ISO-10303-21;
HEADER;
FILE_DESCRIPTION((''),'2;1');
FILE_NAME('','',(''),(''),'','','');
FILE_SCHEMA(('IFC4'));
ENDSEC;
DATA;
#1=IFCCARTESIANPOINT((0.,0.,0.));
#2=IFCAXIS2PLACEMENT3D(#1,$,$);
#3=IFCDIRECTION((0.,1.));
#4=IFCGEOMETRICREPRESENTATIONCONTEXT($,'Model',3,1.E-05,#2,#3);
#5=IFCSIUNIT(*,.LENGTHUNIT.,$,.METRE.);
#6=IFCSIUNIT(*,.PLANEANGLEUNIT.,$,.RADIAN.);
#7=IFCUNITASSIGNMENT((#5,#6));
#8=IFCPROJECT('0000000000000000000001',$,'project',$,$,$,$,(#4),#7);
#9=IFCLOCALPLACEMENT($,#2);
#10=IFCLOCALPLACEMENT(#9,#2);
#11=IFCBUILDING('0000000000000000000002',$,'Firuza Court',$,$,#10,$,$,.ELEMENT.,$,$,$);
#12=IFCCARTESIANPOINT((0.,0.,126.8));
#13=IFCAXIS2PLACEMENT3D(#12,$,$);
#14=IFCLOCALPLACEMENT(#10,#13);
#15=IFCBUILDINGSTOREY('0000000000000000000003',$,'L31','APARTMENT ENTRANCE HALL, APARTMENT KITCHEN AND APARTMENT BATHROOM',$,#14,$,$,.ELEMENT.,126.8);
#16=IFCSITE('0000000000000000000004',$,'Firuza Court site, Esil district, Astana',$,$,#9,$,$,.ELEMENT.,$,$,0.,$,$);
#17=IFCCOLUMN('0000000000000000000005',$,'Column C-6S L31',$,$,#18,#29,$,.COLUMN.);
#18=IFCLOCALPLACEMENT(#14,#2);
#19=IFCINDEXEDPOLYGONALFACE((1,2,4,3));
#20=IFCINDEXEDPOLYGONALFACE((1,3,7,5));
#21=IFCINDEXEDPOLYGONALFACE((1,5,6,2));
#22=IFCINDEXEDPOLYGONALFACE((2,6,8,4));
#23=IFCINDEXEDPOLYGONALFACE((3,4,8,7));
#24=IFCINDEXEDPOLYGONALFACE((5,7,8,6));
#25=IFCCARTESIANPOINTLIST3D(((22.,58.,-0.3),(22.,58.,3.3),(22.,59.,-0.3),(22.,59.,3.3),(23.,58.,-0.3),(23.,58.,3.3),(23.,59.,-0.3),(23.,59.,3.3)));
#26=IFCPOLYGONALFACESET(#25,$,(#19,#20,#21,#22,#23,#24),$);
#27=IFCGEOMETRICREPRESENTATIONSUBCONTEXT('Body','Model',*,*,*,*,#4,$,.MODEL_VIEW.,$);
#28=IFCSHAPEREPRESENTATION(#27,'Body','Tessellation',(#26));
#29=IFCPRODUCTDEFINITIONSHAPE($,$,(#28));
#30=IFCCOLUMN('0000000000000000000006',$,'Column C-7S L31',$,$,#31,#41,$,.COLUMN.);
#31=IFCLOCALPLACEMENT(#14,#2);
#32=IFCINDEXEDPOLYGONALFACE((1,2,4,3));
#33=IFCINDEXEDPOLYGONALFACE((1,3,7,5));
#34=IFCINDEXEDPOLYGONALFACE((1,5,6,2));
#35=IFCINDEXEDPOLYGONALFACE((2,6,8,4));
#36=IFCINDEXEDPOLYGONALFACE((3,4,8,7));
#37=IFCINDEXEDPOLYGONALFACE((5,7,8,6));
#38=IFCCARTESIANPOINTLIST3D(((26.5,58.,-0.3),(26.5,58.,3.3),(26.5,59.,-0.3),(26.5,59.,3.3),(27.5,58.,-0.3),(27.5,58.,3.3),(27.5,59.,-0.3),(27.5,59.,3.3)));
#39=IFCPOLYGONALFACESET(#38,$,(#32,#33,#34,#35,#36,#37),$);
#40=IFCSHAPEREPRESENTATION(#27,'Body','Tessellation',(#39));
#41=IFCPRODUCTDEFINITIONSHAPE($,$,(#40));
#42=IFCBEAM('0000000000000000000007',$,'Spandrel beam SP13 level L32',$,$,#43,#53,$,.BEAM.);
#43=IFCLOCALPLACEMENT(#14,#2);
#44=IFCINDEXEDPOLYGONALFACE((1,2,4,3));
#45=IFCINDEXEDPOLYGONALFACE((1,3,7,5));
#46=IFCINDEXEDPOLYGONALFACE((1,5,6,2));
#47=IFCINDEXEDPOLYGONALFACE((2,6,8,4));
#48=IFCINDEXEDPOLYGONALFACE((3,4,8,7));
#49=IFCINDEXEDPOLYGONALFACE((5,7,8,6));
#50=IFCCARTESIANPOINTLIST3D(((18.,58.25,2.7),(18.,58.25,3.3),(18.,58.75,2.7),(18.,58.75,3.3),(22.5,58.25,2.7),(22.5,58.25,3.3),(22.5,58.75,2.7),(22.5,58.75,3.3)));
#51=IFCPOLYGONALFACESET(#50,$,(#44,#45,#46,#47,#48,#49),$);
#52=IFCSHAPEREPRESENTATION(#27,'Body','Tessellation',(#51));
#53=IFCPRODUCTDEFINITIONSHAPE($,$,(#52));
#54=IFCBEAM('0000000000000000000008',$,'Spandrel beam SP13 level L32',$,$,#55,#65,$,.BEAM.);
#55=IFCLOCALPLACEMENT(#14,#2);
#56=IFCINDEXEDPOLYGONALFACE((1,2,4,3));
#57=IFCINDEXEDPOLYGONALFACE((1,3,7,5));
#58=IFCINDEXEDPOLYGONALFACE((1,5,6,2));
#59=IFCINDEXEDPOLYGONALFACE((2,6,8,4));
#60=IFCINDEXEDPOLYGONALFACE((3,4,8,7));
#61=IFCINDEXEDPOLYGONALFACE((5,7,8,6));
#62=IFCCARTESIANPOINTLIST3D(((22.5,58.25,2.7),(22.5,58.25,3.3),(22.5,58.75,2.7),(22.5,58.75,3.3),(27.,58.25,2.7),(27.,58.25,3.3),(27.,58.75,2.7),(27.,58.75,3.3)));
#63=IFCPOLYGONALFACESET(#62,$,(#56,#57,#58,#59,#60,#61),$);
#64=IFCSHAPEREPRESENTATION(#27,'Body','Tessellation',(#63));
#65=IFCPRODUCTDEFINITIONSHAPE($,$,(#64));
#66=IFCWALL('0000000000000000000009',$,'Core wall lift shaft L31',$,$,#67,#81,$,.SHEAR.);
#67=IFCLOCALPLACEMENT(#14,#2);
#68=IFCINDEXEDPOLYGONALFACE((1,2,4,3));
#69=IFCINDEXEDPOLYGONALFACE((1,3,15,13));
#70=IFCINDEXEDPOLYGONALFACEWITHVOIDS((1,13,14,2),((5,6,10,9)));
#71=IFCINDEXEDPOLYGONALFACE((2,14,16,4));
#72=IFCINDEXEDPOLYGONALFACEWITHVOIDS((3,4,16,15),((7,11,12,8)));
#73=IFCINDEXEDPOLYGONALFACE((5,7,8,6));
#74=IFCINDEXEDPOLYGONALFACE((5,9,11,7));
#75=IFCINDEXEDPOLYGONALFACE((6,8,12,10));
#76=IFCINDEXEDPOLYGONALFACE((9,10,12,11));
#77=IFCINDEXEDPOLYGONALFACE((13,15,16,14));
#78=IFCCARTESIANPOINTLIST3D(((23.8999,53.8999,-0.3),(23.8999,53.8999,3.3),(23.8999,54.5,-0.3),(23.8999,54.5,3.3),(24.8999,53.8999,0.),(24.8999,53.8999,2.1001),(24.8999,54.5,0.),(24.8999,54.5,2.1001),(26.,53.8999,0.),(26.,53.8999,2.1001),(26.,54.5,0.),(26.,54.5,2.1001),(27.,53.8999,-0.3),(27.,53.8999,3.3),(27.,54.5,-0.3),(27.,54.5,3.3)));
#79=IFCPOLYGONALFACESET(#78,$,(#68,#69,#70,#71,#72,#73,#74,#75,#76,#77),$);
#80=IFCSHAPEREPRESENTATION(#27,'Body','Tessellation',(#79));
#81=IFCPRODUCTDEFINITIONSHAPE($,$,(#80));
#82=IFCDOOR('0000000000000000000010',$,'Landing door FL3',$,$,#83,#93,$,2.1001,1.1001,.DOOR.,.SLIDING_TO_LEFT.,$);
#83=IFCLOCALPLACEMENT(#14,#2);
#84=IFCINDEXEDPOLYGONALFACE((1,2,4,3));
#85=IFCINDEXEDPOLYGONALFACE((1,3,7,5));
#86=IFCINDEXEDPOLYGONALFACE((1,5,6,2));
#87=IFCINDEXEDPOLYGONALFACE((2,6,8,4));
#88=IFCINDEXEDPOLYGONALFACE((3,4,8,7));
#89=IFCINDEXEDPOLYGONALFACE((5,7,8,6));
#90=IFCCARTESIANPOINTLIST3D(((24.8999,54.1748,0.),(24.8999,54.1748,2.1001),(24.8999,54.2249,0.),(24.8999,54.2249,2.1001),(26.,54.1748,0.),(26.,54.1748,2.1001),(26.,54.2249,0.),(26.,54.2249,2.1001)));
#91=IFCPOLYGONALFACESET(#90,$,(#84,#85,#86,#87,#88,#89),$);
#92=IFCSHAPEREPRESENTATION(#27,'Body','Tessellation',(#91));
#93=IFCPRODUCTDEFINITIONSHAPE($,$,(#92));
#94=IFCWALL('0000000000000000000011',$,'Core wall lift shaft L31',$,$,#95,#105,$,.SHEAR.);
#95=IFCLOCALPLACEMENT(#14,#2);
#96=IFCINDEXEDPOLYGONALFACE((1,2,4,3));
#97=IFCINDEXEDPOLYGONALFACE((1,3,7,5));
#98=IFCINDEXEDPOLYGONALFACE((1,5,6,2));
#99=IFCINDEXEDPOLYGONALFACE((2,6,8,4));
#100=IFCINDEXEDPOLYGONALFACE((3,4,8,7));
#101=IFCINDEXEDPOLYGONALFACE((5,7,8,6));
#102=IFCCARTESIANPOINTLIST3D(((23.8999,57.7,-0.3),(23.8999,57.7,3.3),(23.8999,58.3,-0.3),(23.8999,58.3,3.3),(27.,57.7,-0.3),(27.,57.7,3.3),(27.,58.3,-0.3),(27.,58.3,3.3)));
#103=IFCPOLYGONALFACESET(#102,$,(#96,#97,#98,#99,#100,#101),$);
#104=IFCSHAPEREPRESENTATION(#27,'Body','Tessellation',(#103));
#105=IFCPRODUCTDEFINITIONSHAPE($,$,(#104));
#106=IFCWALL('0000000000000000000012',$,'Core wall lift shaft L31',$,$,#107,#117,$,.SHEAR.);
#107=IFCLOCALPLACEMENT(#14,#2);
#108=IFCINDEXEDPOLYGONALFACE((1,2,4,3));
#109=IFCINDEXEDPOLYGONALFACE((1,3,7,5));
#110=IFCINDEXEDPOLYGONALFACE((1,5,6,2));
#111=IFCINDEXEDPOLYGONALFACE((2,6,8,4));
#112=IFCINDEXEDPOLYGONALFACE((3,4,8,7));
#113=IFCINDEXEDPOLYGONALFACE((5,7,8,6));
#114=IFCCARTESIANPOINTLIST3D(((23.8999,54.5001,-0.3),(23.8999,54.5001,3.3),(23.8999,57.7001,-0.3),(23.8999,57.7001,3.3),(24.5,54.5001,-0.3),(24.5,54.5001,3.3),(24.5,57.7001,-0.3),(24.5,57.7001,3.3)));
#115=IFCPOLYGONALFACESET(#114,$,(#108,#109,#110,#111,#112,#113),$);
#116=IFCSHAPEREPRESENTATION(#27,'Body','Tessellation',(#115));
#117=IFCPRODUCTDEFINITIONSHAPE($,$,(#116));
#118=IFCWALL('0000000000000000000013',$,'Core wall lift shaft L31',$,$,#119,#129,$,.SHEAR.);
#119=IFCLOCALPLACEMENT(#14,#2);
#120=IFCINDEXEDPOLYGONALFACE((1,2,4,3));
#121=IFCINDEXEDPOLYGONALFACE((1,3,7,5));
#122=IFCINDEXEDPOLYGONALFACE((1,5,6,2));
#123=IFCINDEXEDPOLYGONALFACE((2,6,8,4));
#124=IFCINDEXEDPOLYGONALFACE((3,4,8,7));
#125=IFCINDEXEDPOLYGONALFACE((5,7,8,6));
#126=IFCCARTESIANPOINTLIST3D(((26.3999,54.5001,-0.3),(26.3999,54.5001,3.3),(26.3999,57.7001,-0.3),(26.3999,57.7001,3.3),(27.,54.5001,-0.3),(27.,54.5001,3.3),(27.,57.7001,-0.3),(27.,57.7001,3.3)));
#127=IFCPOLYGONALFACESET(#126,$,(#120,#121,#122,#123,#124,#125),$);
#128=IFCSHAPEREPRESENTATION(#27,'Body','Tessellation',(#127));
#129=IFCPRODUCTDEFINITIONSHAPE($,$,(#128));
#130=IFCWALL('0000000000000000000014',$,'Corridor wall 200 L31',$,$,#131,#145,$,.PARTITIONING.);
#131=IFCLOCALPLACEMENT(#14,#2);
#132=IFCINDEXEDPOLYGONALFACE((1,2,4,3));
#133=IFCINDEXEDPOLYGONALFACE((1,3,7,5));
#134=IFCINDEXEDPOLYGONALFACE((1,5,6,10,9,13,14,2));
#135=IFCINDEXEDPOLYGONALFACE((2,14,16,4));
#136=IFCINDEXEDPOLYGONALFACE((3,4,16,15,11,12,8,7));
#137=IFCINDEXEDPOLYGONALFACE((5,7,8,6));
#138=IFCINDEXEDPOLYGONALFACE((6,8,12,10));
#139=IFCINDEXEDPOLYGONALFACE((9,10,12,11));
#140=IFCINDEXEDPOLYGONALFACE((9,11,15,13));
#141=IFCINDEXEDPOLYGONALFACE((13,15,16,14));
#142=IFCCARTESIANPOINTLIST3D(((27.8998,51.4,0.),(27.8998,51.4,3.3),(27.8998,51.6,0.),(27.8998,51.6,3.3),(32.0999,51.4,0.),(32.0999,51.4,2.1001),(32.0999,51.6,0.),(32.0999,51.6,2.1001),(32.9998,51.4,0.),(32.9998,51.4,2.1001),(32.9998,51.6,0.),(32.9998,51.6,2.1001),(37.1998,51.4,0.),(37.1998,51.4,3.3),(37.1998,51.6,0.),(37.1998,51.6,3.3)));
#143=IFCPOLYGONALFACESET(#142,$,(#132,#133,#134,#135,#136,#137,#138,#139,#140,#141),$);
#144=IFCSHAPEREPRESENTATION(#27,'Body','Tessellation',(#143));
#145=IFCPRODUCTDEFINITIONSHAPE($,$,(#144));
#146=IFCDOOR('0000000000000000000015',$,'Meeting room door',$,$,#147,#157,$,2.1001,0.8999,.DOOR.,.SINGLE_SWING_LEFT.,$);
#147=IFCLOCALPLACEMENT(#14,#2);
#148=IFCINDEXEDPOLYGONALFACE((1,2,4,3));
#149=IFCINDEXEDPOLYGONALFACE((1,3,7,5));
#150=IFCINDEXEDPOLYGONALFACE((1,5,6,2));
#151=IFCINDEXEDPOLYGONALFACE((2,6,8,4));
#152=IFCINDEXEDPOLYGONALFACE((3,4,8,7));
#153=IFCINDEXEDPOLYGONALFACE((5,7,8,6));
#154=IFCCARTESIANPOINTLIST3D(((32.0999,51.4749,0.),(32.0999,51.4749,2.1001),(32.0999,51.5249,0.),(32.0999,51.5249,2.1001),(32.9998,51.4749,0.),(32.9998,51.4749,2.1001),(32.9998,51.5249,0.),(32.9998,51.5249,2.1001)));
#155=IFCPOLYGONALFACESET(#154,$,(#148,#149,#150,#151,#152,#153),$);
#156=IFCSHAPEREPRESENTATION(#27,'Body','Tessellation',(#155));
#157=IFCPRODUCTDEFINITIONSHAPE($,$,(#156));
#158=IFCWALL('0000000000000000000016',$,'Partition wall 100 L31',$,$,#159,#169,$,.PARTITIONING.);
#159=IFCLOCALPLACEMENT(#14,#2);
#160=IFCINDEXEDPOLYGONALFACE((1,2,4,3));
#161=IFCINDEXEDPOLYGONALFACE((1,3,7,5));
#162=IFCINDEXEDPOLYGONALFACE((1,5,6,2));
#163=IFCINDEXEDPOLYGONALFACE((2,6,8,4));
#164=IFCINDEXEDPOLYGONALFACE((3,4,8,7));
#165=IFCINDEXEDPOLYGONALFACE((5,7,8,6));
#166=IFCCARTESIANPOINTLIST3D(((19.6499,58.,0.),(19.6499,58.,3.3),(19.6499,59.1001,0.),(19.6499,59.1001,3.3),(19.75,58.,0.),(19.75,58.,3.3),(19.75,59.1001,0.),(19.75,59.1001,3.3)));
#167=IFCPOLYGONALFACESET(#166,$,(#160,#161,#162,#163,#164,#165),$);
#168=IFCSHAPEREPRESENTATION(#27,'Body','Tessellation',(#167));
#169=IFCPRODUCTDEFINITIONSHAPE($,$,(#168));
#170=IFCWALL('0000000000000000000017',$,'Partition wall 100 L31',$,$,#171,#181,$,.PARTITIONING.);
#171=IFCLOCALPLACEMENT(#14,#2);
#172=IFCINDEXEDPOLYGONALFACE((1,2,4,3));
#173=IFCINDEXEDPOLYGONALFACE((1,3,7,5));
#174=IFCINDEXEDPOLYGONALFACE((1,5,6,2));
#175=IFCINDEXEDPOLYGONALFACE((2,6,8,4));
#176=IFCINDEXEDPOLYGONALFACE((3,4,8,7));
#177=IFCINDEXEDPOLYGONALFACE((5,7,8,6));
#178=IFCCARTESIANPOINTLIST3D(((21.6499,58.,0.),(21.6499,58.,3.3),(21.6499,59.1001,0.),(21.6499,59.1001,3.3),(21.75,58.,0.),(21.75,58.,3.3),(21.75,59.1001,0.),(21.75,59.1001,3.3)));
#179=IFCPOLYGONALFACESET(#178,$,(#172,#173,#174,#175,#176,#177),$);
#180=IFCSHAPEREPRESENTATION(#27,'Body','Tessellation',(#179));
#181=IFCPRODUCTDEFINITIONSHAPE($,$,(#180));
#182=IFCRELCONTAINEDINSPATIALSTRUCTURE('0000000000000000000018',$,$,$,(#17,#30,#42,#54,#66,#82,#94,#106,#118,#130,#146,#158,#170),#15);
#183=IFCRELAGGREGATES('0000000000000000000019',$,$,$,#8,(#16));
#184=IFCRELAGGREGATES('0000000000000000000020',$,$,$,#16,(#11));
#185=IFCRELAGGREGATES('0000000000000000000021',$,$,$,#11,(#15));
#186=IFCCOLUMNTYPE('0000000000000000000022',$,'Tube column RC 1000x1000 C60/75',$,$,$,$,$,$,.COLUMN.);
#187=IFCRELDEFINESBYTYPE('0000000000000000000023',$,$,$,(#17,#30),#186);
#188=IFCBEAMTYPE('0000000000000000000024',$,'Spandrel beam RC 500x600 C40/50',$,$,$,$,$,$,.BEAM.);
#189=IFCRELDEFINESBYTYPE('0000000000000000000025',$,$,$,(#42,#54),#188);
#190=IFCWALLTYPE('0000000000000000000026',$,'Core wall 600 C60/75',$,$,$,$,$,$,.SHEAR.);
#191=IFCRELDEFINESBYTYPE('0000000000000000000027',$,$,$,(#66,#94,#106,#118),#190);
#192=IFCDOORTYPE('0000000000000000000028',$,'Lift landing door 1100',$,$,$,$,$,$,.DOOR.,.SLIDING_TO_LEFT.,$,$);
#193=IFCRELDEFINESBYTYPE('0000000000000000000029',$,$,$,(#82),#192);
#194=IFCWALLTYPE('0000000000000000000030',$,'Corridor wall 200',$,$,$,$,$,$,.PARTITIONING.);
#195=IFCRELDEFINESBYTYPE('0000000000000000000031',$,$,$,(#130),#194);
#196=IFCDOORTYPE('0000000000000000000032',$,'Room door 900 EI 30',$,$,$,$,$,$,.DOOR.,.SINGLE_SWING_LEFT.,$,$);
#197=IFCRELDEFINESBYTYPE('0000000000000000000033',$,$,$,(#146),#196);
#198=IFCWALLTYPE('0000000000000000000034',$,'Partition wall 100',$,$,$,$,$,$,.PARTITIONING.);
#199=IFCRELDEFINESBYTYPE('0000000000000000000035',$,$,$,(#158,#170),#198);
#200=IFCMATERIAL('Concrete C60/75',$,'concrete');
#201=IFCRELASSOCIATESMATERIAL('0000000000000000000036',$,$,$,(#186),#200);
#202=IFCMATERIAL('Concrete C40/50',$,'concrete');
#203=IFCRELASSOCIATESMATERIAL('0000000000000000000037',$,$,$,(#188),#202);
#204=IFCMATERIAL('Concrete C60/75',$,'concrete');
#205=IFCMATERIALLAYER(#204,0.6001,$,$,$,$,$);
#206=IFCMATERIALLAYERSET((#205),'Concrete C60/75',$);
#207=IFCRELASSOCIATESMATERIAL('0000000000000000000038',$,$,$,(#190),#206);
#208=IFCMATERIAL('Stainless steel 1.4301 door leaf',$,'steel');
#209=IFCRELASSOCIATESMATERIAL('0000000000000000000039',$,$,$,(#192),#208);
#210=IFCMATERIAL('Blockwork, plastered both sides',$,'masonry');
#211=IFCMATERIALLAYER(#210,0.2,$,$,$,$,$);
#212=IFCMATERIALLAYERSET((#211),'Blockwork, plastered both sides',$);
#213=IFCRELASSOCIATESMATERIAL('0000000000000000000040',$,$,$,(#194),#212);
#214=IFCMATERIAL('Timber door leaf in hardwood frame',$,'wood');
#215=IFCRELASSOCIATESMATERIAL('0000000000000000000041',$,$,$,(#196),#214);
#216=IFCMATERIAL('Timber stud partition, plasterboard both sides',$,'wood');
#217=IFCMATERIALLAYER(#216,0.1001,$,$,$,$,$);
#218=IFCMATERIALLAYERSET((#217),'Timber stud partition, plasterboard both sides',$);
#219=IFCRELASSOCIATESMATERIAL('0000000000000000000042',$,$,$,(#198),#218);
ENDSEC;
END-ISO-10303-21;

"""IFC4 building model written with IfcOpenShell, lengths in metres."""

from ifc_helpers import new_model, si_unit, direction, frame, frame_2d, origin, origin_2d, place, context, subcontext, project, spatial, rectangle, extrude, material, layer, layer_set, material_profile, profile_set, type_object, element, fill, save


model = new_model("IFC4")

# Units and contexts
model_context = context("Model", 3, precision=1e-05, world=origin(), true_north=direction((0.0, 1.0)))
body_context = subcontext(model_context, "Body", "Model", "MODEL_VIEW")
ifc_project = project(units=[si_unit("LENGTHUNIT", "METRE"), si_unit("PLANEANGLEUNIT", "RADIAN")], contexts=[model_context])

# Site, building, storey
site_placement = place(None, origin())
site = spatial("IfcSite", under=ifc_project, at=site_placement, Name="Firuza Court site, Esil district, Astana", CompositionType="ELEMENT", RefElevation=0.0)
building_placement = place(site_placement, origin())
building = spatial("IfcBuilding", under=site, at=building_placement, Name="Firuza Court", CompositionType="ELEMENT")
storey_placement = place(building_placement, frame((0.0, 0.0, 126.8)))
storey = spatial("IfcBuildingStorey", under=building, at=storey_placement, Name="L31", Description="APARTMENT ENTRANCE HALL, APARTMENT KITCHEN AND APARTMENT BATHROOM", CompositionType="ELEMENT", Elevation=126.8)

# Columns
ifc_material_1 = material(Name="Concrete C60/75", Category="concrete")
ifc_material_profile_1 = material_profile(ifc_material_1, rectangle(XDim=1.0, YDim=1.0, at=origin_2d()), Name="RC 1000x1000")
ifc_profile_set_1 = profile_set([ifc_material_profile_1], Name="Concrete C60/75")
column_type = type_object("IfcColumnType", Name="Tube column RC 1000x1000 C60/75", PredefinedType="COLUMN", material=ifc_profile_set_1)
for number, where, z_axis, x_axis, name in (
    (1, (22.5, 58.5, -0.3), (0.0, 0.0, 1.0), (1.0, 0.0, 0.0), "Column C-6S L31"),
    (2, (27.0, 58.5, -0.3), (0.0, 0.0, 1.0), (1.0, 0.0, 0.0), "Column C-7S L31"),
):
    element("IfcColumn", number, at=place(storey_placement, frame(where, z_axis=z_axis, x_axis=x_axis)), inside=storey, type_object=column_type, Name=name, PredefinedType="COLUMN", context=body_context, shape_type="SweptSolid", body=[
        extrude(rectangle(XDim=1.0, YDim=1.0, at=origin_2d()), origin(), (0.0, 0.0, 1.0), 3.6001),
    ])

# Beams
ifc_material_2 = material(Name="Concrete C40/50", Category="concrete")
ifc_material_profile_2 = material_profile(ifc_material_2, rectangle(XDim=0.5, YDim=0.6001, at=origin_2d()), Name="RC 500x600")
ifc_profile_set_2 = profile_set([ifc_material_profile_2], Name="Concrete C40/50")
beam_type = type_object("IfcBeamType", Name="Spandrel beam RC 500x600 C40/50", PredefinedType="BEAM", material=ifc_profile_set_2)
for number, where, z_axis, x_axis, name in (
    (3, (22.5, 58.5, 3.0), (-1.0, 0.0, 0.0), (0.0, -1.0, 0.0), "Spandrel beam SP13 level L32"),
    (4, (27.0, 58.5, 3.0), (-1.0, 0.0, 0.0), (0.0, -1.0, 0.0), "Spandrel beam SP13 level L32"),
):
    element("IfcBeam", number, at=place(storey_placement, frame(where, z_axis=z_axis, x_axis=x_axis)), inside=storey, type_object=beam_type, Name=name, PredefinedType="BEAM", context=body_context, shape_type="SweptSolid", body=[
        extrude(rectangle(XDim=0.5, YDim=0.6001, at=origin_2d()), origin(), (0.0, 0.0, 1.0), 4.5),
    ])

# Wall, opening, door
ifc_material_3 = material(Name="Concrete C60/75", Category="concrete")
ifc_layer_1 = layer(ifc_material_3, 0.6001)
ifc_layer_set_1 = layer_set([ifc_layer_1], Name="Concrete C60/75")
wall_type_1 = type_object("IfcWallType", Name="Core wall 600 C60/75", PredefinedType="SHEAR", material=ifc_layer_set_1)
wall_1_placement = place(storey_placement, frame((23.8999, 54.2, -0.3), z_axis=(0.0, 0.0, 1.0), x_axis=(1.0, 0.0, 0.0)))
wall_1 = element("IfcWall", 5, at=wall_1_placement, inside=storey, type_object=wall_type_1, Name="Core wall lift shaft L31", PredefinedType="SHEAR", context=body_context, shape_type="SweptSolid", body=[
    extrude(rectangle(XDim=3.1001, YDim=0.6001, at=frame_2d((1.55, 0.0))), origin(), (0.0, 0.0, 1.0), 3.6001),
])
opening_1_placement = place(wall_1_placement, frame((1.0, 0.0, 0.3)))
opening_1 = element("IfcOpeningElement", 6, at=opening_1_placement, cuts=wall_1, PredefinedType="OPENING", context=body_context, shape_type="SweptSolid", body=[
    extrude(rectangle(XDim=1.1001, YDim=2.1001, at=frame_2d((0.55, 1.05))), frame((0.0, 0.312, 0.0), z_axis=(0.0, -1.0, 0.0), x_axis=(1.0, 0.0, 0.0)), (0.0, 0.0, 1.0), 0.624),
])
ifc_material_4 = material(Name="Stainless steel 1.4301 door leaf", Category="steel")
door_type_1 = type_object("IfcDoorType", Name="Lift landing door 1100", OperationType="SLIDING_TO_LEFT", PredefinedType="DOOR", material=ifc_material_4)
door_1_placement = place(opening_1_placement, origin())
door_1 = element("IfcDoor", 7, at=door_1_placement, inside=storey, type_object=door_type_1, Name="Landing door FL3", OperationType="SLIDING_TO_LEFT", OverallHeight=2.1001, OverallWidth=1.1001, PredefinedType="DOOR", context=body_context, shape_type="SweptSolid", body=[
    extrude(rectangle(XDim=1.1001, YDim=2.1001, at=frame_2d((0.55, 1.05))), frame((0.0, 0.0249, 0.0), z_axis=(0.0, -1.0, 0.0), x_axis=(1.0, 0.0, 0.0)), (0.0, 0.0, 1.0), 0.05),
])
fill(opening_1, door_1)

# Walls
wall_2_placement = place(storey_placement, frame((23.8999, 58.0, -0.3), z_axis=(0.0, 0.0, 1.0), x_axis=(1.0, 0.0, 0.0)))
element("IfcWall", 8, at=wall_2_placement, inside=storey, type_object=wall_type_1, Name="Core wall lift shaft L31", PredefinedType="SHEAR", context=body_context, shape_type="SweptSolid", body=[
    extrude(rectangle(XDim=3.1001, YDim=0.6001, at=frame_2d((1.55, 0.0))), origin(), (0.0, 0.0, 1.0), 3.6001),
])
for number, where, z_axis, x_axis, name in (
    (9, (24.2, 54.5, -0.3), (0.0, 0.0, 1.0), (0.0, 1.0, 0.0), "Core wall lift shaft L31"),
    (10, (26.7, 54.5, -0.3), (0.0, 0.0, 1.0), (0.0, 1.0, 0.0), "Core wall lift shaft L31"),
):
    element("IfcWall", number, at=place(storey_placement, frame(where, z_axis=z_axis, x_axis=x_axis)), inside=storey, type_object=wall_type_1, Name=name, PredefinedType="SHEAR", context=body_context, shape_type="SweptSolid", body=[
        extrude(rectangle(XDim=3.2, YDim=0.6001, at=frame_2d((1.6001, 0.0))), origin(), (0.0, 0.0, 1.0), 3.6001),
    ])

# Wall, opening, door
ifc_material_5 = material(Name="Blockwork, plastered both sides", Category="masonry")
ifc_layer_2 = layer(ifc_material_5, 0.2)
ifc_layer_set_2 = layer_set([ifc_layer_2], Name="Blockwork, plastered both sides")
wall_type_2 = type_object("IfcWallType", Name="Corridor wall 200", PredefinedType="PARTITIONING", material=ifc_layer_set_2)
wall_3_placement = place(storey_placement, frame((27.8999, 51.5, 0.0), z_axis=(0.0, 0.0, 1.0), x_axis=(1.0, 0.0, 0.0)))
wall_3 = element("IfcWall", 11, at=wall_3_placement, inside=storey, type_object=wall_type_2, Name="Corridor wall 200 L31", PredefinedType="PARTITIONING", context=body_context, shape_type="SweptSolid", body=[
    extrude(rectangle(XDim=9.3, YDim=0.2, at=frame_2d((4.6499, 0.0))), origin(), (0.0, 0.0, 1.0), 3.3),
])
opening_2_placement = place(wall_3_placement, frame((4.2, 0.0, 0.0)))
opening_2 = element("IfcOpeningElement", 12, at=opening_2_placement, cuts=wall_3, PredefinedType="OPENING", context=body_context, shape_type="SweptSolid", body=[
    extrude(rectangle(XDim=0.8999, YDim=2.1001, at=frame_2d((0.45, 1.05))), frame((0.0, 0.1118, 0.0), z_axis=(0.0, -1.0, 0.0), x_axis=(1.0, 0.0, 0.0)), (0.0, 0.0, 1.0), 0.2239),
])
ifc_material_6 = material(Name="Timber door leaf in hardwood frame", Category="wood")
door_type_2 = type_object("IfcDoorType", Name="Room door 900 EI 30", OperationType="SINGLE_SWING_LEFT", PredefinedType="DOOR", material=ifc_material_6)
door_2_placement = place(opening_2_placement, origin())
door_2 = element("IfcDoor", 13, at=door_2_placement, inside=storey, type_object=door_type_2, Name="Meeting room door", OperationType="SINGLE_SWING_LEFT", OverallHeight=2.1001, OverallWidth=0.8999, PredefinedType="DOOR", context=body_context, shape_type="SweptSolid", body=[
    extrude(rectangle(XDim=0.8999, YDim=2.1001, at=frame_2d((0.45, 1.05))), frame((0.0, 0.0249, 0.0), z_axis=(0.0, -1.0, 0.0), x_axis=(1.0, 0.0, 0.0)), (0.0, 0.0, 1.0), 0.05),
])
fill(opening_2, door_2)

# Walls
ifc_material_7 = material(Name="Timber stud partition, plasterboard both sides", Category="wood")
ifc_layer_3 = layer(ifc_material_7, 0.1001)
ifc_layer_set_3 = layer_set([ifc_layer_3], Name="Timber stud partition, plasterboard both sides")
wall_type_3 = type_object("IfcWallType", Name="Partition wall 100", PredefinedType="PARTITIONING", material=ifc_layer_set_3)
for number, where, z_axis, x_axis, name in (
    (14, (19.7, 58.0, 0.0), (0.0, 0.0, 1.0), (0.0, 1.0, 0.0), "Partition wall 100 L31"),
    (15, (21.7, 58.0, 0.0), (0.0, 0.0, 1.0), (0.0, 1.0, 0.0), "Partition wall 100 L31"),
):
    element("IfcWall", number, at=place(storey_placement, frame(where, z_axis=z_axis, x_axis=x_axis)), inside=storey, type_object=wall_type_3, Name=name, PredefinedType="PARTITIONING", context=body_context, shape_type="SweptSolid", body=[
        extrude(rectangle(XDim=1.1001, YDim=0.1001, at=frame_2d((0.55, 0.0))), origin(), (0.0, 0.0, 1.0), 3.3),
    ])

save(model, "model.ifc")
